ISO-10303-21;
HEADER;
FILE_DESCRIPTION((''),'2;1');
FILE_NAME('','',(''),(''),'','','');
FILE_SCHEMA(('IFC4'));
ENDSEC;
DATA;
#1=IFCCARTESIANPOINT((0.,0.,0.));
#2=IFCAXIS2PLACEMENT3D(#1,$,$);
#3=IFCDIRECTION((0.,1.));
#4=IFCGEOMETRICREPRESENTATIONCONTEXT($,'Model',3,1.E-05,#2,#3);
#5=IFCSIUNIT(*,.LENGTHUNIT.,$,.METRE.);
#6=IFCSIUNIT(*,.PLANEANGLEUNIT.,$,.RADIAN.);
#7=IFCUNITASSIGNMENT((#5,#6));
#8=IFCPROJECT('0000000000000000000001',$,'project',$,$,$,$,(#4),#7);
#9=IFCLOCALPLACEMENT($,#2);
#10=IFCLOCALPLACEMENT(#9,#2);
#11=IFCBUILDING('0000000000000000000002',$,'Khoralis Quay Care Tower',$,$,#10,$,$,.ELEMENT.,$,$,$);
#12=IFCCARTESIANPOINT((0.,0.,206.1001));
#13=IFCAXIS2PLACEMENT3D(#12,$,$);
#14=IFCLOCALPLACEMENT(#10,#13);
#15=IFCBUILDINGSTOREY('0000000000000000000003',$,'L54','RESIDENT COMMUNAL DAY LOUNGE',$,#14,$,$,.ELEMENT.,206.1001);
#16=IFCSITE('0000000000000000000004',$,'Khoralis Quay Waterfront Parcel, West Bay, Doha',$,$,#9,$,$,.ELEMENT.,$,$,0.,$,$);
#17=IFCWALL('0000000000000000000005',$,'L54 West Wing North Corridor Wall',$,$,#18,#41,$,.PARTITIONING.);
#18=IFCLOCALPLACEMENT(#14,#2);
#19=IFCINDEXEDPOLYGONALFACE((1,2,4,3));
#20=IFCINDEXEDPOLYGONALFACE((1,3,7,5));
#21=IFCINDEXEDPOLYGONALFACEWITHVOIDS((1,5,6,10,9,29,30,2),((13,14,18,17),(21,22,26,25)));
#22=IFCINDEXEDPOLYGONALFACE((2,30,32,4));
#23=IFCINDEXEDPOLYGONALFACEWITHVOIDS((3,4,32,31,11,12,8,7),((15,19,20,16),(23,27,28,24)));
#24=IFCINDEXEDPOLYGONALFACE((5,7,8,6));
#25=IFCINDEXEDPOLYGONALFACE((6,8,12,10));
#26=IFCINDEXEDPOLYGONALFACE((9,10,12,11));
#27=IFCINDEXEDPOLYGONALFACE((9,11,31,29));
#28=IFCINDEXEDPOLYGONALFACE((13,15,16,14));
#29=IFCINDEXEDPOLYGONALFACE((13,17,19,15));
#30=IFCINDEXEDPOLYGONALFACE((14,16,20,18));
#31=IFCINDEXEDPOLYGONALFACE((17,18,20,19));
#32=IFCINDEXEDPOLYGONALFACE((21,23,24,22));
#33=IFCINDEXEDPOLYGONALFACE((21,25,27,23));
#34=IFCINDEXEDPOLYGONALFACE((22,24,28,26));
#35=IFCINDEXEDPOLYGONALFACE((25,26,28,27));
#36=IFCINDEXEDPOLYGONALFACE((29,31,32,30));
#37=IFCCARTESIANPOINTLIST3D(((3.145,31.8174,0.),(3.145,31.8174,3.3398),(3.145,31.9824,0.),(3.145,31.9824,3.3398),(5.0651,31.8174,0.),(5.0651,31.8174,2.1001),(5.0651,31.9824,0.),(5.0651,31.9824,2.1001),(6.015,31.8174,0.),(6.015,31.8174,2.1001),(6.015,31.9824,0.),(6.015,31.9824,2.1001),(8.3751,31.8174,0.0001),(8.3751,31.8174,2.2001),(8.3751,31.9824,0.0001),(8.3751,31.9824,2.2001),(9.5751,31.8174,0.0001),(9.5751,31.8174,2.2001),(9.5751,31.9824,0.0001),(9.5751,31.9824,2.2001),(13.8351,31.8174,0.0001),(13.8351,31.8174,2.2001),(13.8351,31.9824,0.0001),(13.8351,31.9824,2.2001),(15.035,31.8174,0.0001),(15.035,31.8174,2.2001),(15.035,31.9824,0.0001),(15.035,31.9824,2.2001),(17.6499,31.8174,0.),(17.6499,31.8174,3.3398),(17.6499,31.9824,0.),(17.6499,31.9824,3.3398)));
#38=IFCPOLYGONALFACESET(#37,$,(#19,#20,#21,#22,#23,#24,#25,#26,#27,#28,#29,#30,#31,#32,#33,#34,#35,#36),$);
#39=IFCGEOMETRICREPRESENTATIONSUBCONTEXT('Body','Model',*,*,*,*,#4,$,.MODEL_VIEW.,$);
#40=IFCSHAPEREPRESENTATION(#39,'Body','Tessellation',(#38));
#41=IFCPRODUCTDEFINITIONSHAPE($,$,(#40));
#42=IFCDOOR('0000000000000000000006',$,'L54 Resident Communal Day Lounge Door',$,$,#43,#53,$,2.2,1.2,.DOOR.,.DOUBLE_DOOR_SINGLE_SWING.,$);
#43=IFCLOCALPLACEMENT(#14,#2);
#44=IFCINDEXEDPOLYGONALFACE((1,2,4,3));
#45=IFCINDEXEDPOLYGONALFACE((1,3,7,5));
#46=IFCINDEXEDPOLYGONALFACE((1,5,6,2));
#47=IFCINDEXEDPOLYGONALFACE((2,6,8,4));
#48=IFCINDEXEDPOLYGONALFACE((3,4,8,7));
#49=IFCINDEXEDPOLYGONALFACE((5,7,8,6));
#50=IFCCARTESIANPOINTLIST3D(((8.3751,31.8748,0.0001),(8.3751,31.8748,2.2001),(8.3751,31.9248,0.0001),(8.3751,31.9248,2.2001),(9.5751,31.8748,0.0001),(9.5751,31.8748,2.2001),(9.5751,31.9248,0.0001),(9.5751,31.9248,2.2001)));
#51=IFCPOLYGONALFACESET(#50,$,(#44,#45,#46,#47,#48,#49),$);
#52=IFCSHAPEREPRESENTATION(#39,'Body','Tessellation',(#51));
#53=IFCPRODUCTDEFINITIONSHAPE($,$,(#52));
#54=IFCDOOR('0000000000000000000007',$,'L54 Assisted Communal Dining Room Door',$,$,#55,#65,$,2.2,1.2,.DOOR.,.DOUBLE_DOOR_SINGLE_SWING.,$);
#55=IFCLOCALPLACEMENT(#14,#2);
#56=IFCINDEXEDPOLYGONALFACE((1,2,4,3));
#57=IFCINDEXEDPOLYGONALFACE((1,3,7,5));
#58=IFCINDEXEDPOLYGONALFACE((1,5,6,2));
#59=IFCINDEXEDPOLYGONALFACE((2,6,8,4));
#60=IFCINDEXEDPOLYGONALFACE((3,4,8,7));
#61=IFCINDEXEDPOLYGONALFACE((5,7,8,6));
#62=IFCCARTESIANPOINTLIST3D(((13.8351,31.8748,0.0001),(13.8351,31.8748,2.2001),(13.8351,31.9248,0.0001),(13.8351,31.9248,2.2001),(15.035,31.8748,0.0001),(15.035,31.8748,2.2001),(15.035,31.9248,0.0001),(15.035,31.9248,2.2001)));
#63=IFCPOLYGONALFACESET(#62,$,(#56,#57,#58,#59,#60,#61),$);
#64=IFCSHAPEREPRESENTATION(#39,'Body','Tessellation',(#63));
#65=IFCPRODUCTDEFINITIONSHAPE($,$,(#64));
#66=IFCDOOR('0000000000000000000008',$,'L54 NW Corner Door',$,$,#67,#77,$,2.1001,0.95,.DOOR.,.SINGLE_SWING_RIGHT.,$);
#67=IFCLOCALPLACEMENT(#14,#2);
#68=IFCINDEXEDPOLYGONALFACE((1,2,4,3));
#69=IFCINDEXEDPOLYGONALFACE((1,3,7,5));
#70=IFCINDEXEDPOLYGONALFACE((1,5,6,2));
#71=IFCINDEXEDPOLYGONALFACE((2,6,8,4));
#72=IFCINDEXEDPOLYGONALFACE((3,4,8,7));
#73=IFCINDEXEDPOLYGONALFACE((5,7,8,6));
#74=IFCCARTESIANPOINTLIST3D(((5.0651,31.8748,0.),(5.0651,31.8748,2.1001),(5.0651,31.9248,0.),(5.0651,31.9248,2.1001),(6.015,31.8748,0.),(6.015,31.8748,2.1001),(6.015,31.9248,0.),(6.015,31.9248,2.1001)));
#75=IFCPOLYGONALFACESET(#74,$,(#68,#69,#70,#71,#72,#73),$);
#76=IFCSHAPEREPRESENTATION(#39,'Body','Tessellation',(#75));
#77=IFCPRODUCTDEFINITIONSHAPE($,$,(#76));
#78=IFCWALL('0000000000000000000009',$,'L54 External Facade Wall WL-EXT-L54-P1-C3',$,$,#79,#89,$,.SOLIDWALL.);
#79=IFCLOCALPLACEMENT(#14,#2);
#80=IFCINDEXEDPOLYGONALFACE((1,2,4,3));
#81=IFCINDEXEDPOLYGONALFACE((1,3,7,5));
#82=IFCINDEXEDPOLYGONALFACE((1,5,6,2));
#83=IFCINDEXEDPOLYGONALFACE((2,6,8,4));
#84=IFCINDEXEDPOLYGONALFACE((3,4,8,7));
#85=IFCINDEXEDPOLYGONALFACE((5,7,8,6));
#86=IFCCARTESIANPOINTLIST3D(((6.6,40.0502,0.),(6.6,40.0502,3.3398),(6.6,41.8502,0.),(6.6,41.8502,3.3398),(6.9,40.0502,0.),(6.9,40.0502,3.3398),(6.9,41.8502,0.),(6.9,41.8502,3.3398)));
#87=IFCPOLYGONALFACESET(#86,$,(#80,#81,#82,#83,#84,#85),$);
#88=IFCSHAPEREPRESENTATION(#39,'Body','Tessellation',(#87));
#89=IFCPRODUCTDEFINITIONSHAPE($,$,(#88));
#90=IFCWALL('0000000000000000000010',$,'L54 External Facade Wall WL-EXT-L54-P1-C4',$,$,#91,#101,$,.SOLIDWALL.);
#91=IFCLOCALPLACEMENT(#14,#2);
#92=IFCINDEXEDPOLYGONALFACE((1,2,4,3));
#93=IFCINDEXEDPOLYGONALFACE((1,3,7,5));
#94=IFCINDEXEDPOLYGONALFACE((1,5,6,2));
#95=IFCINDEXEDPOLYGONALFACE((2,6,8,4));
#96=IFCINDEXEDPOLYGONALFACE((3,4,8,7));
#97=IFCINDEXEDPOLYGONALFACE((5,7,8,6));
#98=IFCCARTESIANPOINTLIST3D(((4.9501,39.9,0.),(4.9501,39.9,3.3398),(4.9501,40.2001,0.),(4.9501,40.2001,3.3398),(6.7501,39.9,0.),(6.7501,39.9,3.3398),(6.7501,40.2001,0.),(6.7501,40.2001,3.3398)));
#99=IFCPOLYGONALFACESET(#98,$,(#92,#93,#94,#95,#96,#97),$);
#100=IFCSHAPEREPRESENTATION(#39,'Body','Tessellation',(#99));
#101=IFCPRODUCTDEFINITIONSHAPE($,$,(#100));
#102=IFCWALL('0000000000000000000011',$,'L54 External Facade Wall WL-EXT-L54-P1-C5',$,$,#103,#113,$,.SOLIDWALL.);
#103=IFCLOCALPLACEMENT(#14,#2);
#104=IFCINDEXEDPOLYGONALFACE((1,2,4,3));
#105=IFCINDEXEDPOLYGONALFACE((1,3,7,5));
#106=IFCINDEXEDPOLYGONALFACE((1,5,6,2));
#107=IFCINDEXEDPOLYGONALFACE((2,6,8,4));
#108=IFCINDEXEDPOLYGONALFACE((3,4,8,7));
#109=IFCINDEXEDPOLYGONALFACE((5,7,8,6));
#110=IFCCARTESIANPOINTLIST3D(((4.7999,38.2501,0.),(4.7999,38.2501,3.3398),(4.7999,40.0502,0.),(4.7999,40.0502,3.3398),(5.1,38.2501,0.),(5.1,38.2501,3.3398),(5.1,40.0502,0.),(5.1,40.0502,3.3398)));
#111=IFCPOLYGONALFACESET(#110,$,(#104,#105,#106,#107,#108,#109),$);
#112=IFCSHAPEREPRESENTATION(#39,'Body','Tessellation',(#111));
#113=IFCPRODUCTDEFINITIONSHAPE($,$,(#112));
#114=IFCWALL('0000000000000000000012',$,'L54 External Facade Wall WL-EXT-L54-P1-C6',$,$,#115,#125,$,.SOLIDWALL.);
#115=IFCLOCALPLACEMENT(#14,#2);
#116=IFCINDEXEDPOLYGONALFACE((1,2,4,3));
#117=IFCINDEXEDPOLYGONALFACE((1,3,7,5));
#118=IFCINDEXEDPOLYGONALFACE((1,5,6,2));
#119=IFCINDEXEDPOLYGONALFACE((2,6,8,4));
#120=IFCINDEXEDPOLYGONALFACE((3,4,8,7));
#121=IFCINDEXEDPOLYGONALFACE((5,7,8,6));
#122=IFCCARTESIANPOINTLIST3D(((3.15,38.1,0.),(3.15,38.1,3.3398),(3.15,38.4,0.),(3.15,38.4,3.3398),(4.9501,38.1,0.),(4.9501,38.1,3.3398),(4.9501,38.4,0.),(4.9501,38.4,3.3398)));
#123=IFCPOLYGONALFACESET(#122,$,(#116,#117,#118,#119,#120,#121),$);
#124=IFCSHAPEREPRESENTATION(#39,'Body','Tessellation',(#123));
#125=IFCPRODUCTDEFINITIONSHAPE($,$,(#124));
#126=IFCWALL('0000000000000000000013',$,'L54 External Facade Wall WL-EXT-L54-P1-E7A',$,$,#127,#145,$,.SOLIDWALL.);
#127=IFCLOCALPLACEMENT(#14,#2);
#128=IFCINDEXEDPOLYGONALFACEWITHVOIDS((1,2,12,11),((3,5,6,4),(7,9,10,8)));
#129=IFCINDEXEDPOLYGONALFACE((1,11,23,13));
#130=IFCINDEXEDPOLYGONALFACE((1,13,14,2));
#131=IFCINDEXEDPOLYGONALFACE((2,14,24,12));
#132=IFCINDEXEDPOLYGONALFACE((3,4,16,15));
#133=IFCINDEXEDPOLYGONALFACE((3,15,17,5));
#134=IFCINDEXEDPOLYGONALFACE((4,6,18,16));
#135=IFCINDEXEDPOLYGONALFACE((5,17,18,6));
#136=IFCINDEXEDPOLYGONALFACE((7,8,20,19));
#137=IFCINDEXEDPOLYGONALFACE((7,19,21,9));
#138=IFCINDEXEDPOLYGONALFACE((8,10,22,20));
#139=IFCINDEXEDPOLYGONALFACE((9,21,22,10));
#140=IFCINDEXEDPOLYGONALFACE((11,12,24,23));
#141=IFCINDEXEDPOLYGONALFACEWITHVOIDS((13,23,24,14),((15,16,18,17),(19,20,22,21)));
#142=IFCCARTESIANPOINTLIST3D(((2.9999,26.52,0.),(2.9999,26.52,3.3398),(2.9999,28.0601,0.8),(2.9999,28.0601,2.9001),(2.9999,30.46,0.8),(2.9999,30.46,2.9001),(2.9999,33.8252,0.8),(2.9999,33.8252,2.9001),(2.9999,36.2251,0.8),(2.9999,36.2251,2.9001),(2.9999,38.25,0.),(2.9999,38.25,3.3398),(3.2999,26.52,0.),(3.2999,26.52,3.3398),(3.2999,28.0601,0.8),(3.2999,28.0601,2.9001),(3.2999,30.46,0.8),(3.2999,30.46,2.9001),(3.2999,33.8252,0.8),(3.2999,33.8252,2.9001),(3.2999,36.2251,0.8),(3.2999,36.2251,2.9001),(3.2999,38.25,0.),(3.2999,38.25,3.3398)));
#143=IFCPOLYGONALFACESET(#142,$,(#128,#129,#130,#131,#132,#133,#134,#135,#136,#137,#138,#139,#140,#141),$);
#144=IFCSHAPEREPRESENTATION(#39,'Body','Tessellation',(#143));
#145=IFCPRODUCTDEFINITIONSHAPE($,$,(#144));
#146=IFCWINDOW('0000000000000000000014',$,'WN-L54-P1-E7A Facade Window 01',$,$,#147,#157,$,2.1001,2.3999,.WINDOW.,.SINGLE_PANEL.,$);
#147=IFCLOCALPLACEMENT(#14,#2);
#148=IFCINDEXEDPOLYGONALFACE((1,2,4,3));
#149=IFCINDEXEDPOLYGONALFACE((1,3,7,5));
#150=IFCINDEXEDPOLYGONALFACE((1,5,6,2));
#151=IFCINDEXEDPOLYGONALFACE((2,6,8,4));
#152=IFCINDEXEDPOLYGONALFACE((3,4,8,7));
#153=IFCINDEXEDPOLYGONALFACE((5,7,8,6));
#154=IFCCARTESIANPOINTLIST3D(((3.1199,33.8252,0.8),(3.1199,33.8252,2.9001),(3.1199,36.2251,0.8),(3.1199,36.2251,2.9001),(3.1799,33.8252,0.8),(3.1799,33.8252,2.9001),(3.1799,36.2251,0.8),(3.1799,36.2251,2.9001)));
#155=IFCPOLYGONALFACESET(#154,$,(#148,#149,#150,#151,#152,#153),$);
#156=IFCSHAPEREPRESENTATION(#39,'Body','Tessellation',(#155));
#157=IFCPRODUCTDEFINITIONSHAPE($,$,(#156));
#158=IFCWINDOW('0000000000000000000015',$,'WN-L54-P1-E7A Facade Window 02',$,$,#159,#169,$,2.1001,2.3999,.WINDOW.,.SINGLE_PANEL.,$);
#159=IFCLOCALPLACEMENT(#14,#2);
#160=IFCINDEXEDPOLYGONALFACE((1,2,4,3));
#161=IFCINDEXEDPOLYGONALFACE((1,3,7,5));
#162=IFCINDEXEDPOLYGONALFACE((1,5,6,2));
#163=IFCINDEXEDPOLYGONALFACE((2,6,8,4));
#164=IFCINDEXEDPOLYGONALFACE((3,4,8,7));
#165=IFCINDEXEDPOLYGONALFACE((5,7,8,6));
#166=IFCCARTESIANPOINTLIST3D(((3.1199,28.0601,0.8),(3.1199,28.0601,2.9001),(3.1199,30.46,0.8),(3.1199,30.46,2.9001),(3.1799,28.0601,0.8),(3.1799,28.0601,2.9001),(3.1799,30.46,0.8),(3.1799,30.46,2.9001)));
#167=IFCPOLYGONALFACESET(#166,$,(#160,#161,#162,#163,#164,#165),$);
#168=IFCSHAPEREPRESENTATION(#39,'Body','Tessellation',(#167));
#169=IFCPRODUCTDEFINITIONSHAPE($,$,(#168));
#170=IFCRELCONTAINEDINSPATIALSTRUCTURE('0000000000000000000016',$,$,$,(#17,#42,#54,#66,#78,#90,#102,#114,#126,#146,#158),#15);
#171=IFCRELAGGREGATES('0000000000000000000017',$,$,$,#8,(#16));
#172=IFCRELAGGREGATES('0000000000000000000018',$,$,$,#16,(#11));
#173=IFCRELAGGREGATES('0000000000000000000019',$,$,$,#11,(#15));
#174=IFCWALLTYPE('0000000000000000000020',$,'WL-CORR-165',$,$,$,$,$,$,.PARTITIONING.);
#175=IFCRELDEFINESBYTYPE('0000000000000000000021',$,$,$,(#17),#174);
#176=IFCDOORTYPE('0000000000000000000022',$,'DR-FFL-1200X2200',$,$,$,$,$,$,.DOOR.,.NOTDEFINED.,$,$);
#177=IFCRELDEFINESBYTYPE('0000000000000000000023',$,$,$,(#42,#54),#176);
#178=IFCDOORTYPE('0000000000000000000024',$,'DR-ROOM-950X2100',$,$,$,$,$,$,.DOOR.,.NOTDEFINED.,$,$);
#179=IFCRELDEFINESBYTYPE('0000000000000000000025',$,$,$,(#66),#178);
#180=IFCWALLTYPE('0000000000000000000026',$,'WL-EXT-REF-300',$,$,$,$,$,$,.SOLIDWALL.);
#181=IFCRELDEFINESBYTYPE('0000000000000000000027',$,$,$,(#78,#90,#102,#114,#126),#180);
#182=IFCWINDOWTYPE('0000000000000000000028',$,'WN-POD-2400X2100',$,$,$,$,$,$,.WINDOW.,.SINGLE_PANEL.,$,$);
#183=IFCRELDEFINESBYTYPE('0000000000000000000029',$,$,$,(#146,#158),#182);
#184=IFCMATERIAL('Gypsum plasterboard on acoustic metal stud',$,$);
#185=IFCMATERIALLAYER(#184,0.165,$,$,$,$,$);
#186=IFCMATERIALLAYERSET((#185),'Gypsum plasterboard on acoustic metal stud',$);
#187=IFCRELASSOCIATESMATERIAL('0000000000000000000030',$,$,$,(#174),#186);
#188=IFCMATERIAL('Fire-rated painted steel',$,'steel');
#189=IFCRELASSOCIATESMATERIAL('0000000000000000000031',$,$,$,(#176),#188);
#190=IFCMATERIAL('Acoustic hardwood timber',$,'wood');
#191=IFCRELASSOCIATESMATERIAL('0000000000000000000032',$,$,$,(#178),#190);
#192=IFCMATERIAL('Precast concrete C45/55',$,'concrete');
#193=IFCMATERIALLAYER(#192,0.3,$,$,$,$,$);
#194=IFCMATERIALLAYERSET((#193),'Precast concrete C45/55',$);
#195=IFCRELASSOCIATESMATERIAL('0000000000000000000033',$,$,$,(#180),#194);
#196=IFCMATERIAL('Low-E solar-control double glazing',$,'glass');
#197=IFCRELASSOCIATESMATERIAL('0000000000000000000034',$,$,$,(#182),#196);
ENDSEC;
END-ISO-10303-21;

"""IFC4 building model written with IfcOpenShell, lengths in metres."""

from ifc_helpers import new_model, si_unit, direction, frame, frame_2d, origin, place, context, subcontext, project, spatial, rectangle, extrude, source, transform, mapped, material, layer, layer_set, type_object, element, fill, save


model = new_model("IFC4")

# Units and contexts
model_context = context("Model", 3, precision=1e-05, world=origin(), true_north=direction((0.0, 1.0)))
body_context = subcontext(model_context, "Body", "Model", "MODEL_VIEW")
ifc_project = project(units=[si_unit("LENGTHUNIT", "METRE"), si_unit("PLANEANGLEUNIT", "RADIAN")], contexts=[model_context])

# Site, building, storey
site_placement = place(None, origin())
site = spatial("IfcSite", under=ifc_project, at=site_placement, Name="Khoralis Quay Waterfront Parcel, West Bay, Doha", CompositionType="ELEMENT", RefElevation=0.0)
building_placement = place(site_placement, origin())
building = spatial("IfcBuilding", under=site, at=building_placement, Name="Khoralis Quay Care Tower", CompositionType="ELEMENT")
storey_placement = place(building_placement, frame((0.0, 0.0, 206.1001)))
storey = spatial("IfcBuildingStorey", under=building, at=storey_placement, Name="L54", Description="RESIDENT COMMUNAL DAY LOUNGE", CompositionType="ELEMENT", Elevation=206.1001)

# Wall, openings, doors
ifc_material_1 = material(Name="Gypsum plasterboard on acoustic metal stud")
ifc_layer_1 = layer(ifc_material_1, 0.165)
ifc_layer_set_1 = layer_set([ifc_layer_1], Name="Gypsum plasterboard on acoustic metal stud")
wall_type_1 = type_object("IfcWallType", Name="WL-CORR-165", PredefinedType="PARTITIONING", material=ifc_layer_set_1)
wall_1_placement = place(storey_placement, frame((3.145, 31.8999, 0.0), z_axis=(0.0, 0.0, 1.0), x_axis=(1.0, 0.0, 0.0)))
wall_1 = element("IfcWall", 1, at=wall_1_placement, inside=storey, type_object=wall_type_1, Name="L54 West Wing North Corridor Wall", PredefinedType="PARTITIONING", context=body_context, shape_type="SweptSolid", body=[
    extrude(rectangle(XDim=14.5049, YDim=0.165, at=frame_2d((7.2524, 0.0))), origin(), (0.0, 0.0, 1.0), 3.3398),
])
opening_1_placement = place(wall_1_placement, frame((5.23, 0.0, 0.0)))
opening_1 = element("IfcOpeningElement", 2, at=opening_1_placement, cuts=wall_1, PredefinedType="OPENING", context=body_context, shape_type="SweptSolid", body=[
    extrude(rectangle(XDim=1.2, YDim=2.2, at=frame_2d((0.6001, 1.1001))), frame((0.0, 0.0925, 0.0), z_axis=(0.0, -1.0, 0.0), x_axis=(1.0, 0.0, 0.0)), (0.0, 0.0, 1.0), 0.1851),
])
opening_2_placement = place(wall_1_placement, frame((10.6899, 0.0, 0.0)))
opening_2 = element("IfcOpeningElement", 3, at=opening_2_placement, cuts=wall_1, PredefinedType="OPENING", context=body_context, shape_type="SweptSolid", body=[
    extrude(rectangle(XDim=1.2, YDim=2.2, at=frame_2d((0.6001, 1.1001))), frame((0.0, 0.0925, 0.0), z_axis=(0.0, -1.0, 0.0), x_axis=(1.0, 0.0, 0.0)), (0.0, 0.0, 1.0), 0.1851),
])
opening_3_placement = place(wall_1_placement, frame((1.9199, 0.0, 0.0)))
opening_3 = element("IfcOpeningElement", 4, at=opening_3_placement, cuts=wall_1, PredefinedType="OPENING", context=body_context, shape_type="SweptSolid", body=[
    extrude(rectangle(XDim=0.95, YDim=2.1001, at=frame_2d((0.4751, 1.05))), frame((0.0, 0.0925, 0.0), z_axis=(0.0, -1.0, 0.0), x_axis=(1.0, 0.0, 0.0)), (0.0, 0.0, 1.0), 0.1851),
])
ifc_material_2 = material(Name="Fire-rated painted steel", Category="steel")
door_type_1 = type_object("IfcDoorType", Name="DR-FFL-1200X2200", OperationType="NOTDEFINED", PredefinedType="DOOR", material=ifc_material_2)
shared_shape_1 = source(origin(), body_context, "Body", "SweptSolid", [
    extrude(rectangle(XDim=1.2, YDim=2.2, at=frame_2d((0.6001, 1.1001))), frame((0.0, 0.0249, 0.0), z_axis=(0.0, -1.0, 0.0), x_axis=(1.0, 0.0, 0.0)), (0.0, 0.0, 1.0), 0.05),
])
door_1_placement = place(opening_1_placement, origin())
door_1 = element("IfcDoor", 5, at=door_1_placement, inside=storey, type_object=door_type_1, Name="L54 Resident Communal Day Lounge Door", OperationType="DOUBLE_DOOR_SINGLE_SWING", OverallHeight=2.2, OverallWidth=1.2, PredefinedType="DOOR", context=body_context, shape_type="MappedRepresentation", body=[
    mapped(shared_shape_1, transform((0.0, 0.0, 0.0), scale=1.0)),
])
fill(opening_1, door_1)
door_2_placement = place(opening_2_placement, origin())
door_2 = element("IfcDoor", 6, at=door_2_placement, inside=storey, type_object=door_type_1, Name="L54 Assisted Communal Dining Room Door", OperationType="DOUBLE_DOOR_SINGLE_SWING", OverallHeight=2.2, OverallWidth=1.2, PredefinedType="DOOR", context=body_context, shape_type="MappedRepresentation", body=[
    mapped(shared_shape_1, transform((0.0, 0.0, 0.0), scale=1.0)),
])
fill(opening_2, door_2)
ifc_material_3 = material(Name="Acoustic hardwood timber", Category="wood")
door_type_2 = type_object("IfcDoorType", Name="DR-ROOM-950X2100", OperationType="NOTDEFINED", PredefinedType="DOOR", material=ifc_material_3)
shared_shape_2 = source(origin(), body_context, "Body", "SweptSolid", [
    extrude(rectangle(XDim=0.95, YDim=2.1001, at=frame_2d((0.4751, 1.05))), frame((0.0, 0.0249, 0.0), z_axis=(0.0, -1.0, 0.0), x_axis=(1.0, 0.0, 0.0)), (0.0, 0.0, 1.0), 0.05),
])
door_3_placement = place(opening_3_placement, origin())
door_3 = element("IfcDoor", 7, at=door_3_placement, inside=storey, type_object=door_type_2, Name="L54 NW Corner Door", OperationType="SINGLE_SWING_RIGHT", OverallHeight=2.1001, OverallWidth=0.95, PredefinedType="DOOR", context=body_context, shape_type="MappedRepresentation", body=[
    mapped(shared_shape_2, transform((0.0, 0.0, 0.0), scale=1.0)),
])
fill(opening_3, door_3)

# Walls
ifc_material_4 = material(Name="Precast concrete C45/55", Category="concrete")
ifc_layer_2 = layer(ifc_material_4, 0.3)
ifc_layer_set_2 = layer_set([ifc_layer_2], Name="Precast concrete C45/55")
wall_type_2 = type_object("IfcWallType", Name="WL-EXT-REF-300", PredefinedType="SOLIDWALL", material=ifc_layer_set_2)
for number, where, z_axis, x_axis, name in (
    (8, (6.75, 41.8501, 0.0), (0.0, 0.0, 1.0), (0.0, -1.0, 0.0), "L54 External Facade Wall WL-EXT-L54-P1-C3"),
    (9, (6.75, 40.05, 0.0), (0.0, 0.0, 1.0), (-1.0, 0.0, 0.0), "L54 External Facade Wall WL-EXT-L54-P1-C4"),
    (10, (4.95, 40.05, 0.0), (0.0, 0.0, 1.0), (0.0, -1.0, 0.0), "L54 External Facade Wall WL-EXT-L54-P1-C5"),
    (11, (4.95, 38.25, 0.0), (0.0, 0.0, 1.0), (-1.0, 0.0, 0.0), "L54 External Facade Wall WL-EXT-L54-P1-C6"),
):
    element("IfcWall", number, at=place(storey_placement, frame(where, z_axis=z_axis, x_axis=x_axis)), inside=storey, type_object=wall_type_2, Name=name, PredefinedType="SOLIDWALL", context=body_context, shape_type="SweptSolid", body=[
        extrude(rectangle(XDim=1.8, YDim=0.3, at=frame_2d((0.8999, 0.0))), origin(), (0.0, 0.0, 1.0), 3.3398),
    ])

# Wall, openings, windows
wall_2_placement = place(storey_placement, frame((3.1499, 38.25, 0.0), z_axis=(0.0, 0.0, 1.0), x_axis=(0.0, -1.0, 0.0)))
wall_2 = element("IfcWall", 12, at=wall_2_placement, inside=storey, type_object=wall_type_2, Name="L54 External Facade Wall WL-EXT-L54-P1-E7A", PredefinedType="SOLIDWALL", context=body_context, shape_type="SweptSolid", body=[
    extrude(rectangle(XDim=11.73, YDim=0.3, at=frame_2d((5.865, 0.0))), origin(), (0.0, 0.0, 1.0), 3.3398),
])
opening_4_placement = place(wall_2_placement, frame((2.0249, 0.0, 0.8)))
opening_4 = element("IfcOpeningElement", 13, at=opening_4_placement, cuts=wall_2, PredefinedType="OPENING", context=body_context, shape_type="SweptSolid", body=[
    extrude(rectangle(XDim=2.3999, YDim=2.1001, at=frame_2d((1.2, 1.05))), frame((0.0, 0.1602, 0.0), z_axis=(0.0, -1.0, 0.0), x_axis=(1.0, 0.0, 0.0)), (0.0, 0.0, 1.0), 0.3201),
])
opening_5_placement = place(wall_2_placement, frame((7.79, 0.0, 0.8)))
opening_5 = element("IfcOpeningElement", 14, at=opening_5_placement, cuts=wall_2, PredefinedType="OPENING", context=body_context, shape_type="SweptSolid", body=[
    extrude(rectangle(XDim=2.3999, YDim=2.1001, at=frame_2d((1.2, 1.05))), frame((0.0, 0.1602, 0.0), z_axis=(0.0, -1.0, 0.0), x_axis=(1.0, 0.0, 0.0)), (0.0, 0.0, 1.0), 0.3201),
])
ifc_material_5 = material(Name="Low-E solar-control double glazing", Category="glass")
window_type = type_object("IfcWindowType", Name="WN-POD-2400X2100", PartitioningType="SINGLE_PANEL", PredefinedType="WINDOW", material=ifc_material_5)
shared_shape_3 = source(origin(), body_context, "Body", "SweptSolid", [
    extrude(rectangle(XDim=2.3999, YDim=2.1001, at=frame_2d((1.2, 1.05))), frame((0.0, 0.03, 0.0), z_axis=(0.0, -1.0, 0.0), x_axis=(1.0, 0.0, 0.0)), (0.0, 0.0, 1.0), 0.0601),
])
window_1_placement = place(opening_4_placement, origin())
window_1 = element("IfcWindow", 15, at=window_1_placement, inside=storey, type_object=window_type, Name="WN-L54-P1-E7A Facade Window 01", OverallHeight=2.1001, OverallWidth=2.3999, PartitioningType="SINGLE_PANEL", PredefinedType="WINDOW", context=body_context, shape_type="MappedRepresentation", body=[
    mapped(shared_shape_3, transform((0.0, 0.0, 0.0), scale=1.0)),
])
fill(opening_4, window_1)
window_2_placement = place(opening_5_placement, origin())
window_2 = element("IfcWindow", 16, at=window_2_placement, inside=storey, type_object=window_type, Name="WN-L54-P1-E7A Facade Window 02", OverallHeight=2.1001, OverallWidth=2.3999, PartitioningType="SINGLE_PANEL", PredefinedType="WINDOW", context=body_context, shape_type="MappedRepresentation", body=[
    mapped(shared_shape_3, transform((0.0, 0.0, 0.0), scale=1.0)),
])
fill(opening_5, window_2)

save(model, "model.ifc")
